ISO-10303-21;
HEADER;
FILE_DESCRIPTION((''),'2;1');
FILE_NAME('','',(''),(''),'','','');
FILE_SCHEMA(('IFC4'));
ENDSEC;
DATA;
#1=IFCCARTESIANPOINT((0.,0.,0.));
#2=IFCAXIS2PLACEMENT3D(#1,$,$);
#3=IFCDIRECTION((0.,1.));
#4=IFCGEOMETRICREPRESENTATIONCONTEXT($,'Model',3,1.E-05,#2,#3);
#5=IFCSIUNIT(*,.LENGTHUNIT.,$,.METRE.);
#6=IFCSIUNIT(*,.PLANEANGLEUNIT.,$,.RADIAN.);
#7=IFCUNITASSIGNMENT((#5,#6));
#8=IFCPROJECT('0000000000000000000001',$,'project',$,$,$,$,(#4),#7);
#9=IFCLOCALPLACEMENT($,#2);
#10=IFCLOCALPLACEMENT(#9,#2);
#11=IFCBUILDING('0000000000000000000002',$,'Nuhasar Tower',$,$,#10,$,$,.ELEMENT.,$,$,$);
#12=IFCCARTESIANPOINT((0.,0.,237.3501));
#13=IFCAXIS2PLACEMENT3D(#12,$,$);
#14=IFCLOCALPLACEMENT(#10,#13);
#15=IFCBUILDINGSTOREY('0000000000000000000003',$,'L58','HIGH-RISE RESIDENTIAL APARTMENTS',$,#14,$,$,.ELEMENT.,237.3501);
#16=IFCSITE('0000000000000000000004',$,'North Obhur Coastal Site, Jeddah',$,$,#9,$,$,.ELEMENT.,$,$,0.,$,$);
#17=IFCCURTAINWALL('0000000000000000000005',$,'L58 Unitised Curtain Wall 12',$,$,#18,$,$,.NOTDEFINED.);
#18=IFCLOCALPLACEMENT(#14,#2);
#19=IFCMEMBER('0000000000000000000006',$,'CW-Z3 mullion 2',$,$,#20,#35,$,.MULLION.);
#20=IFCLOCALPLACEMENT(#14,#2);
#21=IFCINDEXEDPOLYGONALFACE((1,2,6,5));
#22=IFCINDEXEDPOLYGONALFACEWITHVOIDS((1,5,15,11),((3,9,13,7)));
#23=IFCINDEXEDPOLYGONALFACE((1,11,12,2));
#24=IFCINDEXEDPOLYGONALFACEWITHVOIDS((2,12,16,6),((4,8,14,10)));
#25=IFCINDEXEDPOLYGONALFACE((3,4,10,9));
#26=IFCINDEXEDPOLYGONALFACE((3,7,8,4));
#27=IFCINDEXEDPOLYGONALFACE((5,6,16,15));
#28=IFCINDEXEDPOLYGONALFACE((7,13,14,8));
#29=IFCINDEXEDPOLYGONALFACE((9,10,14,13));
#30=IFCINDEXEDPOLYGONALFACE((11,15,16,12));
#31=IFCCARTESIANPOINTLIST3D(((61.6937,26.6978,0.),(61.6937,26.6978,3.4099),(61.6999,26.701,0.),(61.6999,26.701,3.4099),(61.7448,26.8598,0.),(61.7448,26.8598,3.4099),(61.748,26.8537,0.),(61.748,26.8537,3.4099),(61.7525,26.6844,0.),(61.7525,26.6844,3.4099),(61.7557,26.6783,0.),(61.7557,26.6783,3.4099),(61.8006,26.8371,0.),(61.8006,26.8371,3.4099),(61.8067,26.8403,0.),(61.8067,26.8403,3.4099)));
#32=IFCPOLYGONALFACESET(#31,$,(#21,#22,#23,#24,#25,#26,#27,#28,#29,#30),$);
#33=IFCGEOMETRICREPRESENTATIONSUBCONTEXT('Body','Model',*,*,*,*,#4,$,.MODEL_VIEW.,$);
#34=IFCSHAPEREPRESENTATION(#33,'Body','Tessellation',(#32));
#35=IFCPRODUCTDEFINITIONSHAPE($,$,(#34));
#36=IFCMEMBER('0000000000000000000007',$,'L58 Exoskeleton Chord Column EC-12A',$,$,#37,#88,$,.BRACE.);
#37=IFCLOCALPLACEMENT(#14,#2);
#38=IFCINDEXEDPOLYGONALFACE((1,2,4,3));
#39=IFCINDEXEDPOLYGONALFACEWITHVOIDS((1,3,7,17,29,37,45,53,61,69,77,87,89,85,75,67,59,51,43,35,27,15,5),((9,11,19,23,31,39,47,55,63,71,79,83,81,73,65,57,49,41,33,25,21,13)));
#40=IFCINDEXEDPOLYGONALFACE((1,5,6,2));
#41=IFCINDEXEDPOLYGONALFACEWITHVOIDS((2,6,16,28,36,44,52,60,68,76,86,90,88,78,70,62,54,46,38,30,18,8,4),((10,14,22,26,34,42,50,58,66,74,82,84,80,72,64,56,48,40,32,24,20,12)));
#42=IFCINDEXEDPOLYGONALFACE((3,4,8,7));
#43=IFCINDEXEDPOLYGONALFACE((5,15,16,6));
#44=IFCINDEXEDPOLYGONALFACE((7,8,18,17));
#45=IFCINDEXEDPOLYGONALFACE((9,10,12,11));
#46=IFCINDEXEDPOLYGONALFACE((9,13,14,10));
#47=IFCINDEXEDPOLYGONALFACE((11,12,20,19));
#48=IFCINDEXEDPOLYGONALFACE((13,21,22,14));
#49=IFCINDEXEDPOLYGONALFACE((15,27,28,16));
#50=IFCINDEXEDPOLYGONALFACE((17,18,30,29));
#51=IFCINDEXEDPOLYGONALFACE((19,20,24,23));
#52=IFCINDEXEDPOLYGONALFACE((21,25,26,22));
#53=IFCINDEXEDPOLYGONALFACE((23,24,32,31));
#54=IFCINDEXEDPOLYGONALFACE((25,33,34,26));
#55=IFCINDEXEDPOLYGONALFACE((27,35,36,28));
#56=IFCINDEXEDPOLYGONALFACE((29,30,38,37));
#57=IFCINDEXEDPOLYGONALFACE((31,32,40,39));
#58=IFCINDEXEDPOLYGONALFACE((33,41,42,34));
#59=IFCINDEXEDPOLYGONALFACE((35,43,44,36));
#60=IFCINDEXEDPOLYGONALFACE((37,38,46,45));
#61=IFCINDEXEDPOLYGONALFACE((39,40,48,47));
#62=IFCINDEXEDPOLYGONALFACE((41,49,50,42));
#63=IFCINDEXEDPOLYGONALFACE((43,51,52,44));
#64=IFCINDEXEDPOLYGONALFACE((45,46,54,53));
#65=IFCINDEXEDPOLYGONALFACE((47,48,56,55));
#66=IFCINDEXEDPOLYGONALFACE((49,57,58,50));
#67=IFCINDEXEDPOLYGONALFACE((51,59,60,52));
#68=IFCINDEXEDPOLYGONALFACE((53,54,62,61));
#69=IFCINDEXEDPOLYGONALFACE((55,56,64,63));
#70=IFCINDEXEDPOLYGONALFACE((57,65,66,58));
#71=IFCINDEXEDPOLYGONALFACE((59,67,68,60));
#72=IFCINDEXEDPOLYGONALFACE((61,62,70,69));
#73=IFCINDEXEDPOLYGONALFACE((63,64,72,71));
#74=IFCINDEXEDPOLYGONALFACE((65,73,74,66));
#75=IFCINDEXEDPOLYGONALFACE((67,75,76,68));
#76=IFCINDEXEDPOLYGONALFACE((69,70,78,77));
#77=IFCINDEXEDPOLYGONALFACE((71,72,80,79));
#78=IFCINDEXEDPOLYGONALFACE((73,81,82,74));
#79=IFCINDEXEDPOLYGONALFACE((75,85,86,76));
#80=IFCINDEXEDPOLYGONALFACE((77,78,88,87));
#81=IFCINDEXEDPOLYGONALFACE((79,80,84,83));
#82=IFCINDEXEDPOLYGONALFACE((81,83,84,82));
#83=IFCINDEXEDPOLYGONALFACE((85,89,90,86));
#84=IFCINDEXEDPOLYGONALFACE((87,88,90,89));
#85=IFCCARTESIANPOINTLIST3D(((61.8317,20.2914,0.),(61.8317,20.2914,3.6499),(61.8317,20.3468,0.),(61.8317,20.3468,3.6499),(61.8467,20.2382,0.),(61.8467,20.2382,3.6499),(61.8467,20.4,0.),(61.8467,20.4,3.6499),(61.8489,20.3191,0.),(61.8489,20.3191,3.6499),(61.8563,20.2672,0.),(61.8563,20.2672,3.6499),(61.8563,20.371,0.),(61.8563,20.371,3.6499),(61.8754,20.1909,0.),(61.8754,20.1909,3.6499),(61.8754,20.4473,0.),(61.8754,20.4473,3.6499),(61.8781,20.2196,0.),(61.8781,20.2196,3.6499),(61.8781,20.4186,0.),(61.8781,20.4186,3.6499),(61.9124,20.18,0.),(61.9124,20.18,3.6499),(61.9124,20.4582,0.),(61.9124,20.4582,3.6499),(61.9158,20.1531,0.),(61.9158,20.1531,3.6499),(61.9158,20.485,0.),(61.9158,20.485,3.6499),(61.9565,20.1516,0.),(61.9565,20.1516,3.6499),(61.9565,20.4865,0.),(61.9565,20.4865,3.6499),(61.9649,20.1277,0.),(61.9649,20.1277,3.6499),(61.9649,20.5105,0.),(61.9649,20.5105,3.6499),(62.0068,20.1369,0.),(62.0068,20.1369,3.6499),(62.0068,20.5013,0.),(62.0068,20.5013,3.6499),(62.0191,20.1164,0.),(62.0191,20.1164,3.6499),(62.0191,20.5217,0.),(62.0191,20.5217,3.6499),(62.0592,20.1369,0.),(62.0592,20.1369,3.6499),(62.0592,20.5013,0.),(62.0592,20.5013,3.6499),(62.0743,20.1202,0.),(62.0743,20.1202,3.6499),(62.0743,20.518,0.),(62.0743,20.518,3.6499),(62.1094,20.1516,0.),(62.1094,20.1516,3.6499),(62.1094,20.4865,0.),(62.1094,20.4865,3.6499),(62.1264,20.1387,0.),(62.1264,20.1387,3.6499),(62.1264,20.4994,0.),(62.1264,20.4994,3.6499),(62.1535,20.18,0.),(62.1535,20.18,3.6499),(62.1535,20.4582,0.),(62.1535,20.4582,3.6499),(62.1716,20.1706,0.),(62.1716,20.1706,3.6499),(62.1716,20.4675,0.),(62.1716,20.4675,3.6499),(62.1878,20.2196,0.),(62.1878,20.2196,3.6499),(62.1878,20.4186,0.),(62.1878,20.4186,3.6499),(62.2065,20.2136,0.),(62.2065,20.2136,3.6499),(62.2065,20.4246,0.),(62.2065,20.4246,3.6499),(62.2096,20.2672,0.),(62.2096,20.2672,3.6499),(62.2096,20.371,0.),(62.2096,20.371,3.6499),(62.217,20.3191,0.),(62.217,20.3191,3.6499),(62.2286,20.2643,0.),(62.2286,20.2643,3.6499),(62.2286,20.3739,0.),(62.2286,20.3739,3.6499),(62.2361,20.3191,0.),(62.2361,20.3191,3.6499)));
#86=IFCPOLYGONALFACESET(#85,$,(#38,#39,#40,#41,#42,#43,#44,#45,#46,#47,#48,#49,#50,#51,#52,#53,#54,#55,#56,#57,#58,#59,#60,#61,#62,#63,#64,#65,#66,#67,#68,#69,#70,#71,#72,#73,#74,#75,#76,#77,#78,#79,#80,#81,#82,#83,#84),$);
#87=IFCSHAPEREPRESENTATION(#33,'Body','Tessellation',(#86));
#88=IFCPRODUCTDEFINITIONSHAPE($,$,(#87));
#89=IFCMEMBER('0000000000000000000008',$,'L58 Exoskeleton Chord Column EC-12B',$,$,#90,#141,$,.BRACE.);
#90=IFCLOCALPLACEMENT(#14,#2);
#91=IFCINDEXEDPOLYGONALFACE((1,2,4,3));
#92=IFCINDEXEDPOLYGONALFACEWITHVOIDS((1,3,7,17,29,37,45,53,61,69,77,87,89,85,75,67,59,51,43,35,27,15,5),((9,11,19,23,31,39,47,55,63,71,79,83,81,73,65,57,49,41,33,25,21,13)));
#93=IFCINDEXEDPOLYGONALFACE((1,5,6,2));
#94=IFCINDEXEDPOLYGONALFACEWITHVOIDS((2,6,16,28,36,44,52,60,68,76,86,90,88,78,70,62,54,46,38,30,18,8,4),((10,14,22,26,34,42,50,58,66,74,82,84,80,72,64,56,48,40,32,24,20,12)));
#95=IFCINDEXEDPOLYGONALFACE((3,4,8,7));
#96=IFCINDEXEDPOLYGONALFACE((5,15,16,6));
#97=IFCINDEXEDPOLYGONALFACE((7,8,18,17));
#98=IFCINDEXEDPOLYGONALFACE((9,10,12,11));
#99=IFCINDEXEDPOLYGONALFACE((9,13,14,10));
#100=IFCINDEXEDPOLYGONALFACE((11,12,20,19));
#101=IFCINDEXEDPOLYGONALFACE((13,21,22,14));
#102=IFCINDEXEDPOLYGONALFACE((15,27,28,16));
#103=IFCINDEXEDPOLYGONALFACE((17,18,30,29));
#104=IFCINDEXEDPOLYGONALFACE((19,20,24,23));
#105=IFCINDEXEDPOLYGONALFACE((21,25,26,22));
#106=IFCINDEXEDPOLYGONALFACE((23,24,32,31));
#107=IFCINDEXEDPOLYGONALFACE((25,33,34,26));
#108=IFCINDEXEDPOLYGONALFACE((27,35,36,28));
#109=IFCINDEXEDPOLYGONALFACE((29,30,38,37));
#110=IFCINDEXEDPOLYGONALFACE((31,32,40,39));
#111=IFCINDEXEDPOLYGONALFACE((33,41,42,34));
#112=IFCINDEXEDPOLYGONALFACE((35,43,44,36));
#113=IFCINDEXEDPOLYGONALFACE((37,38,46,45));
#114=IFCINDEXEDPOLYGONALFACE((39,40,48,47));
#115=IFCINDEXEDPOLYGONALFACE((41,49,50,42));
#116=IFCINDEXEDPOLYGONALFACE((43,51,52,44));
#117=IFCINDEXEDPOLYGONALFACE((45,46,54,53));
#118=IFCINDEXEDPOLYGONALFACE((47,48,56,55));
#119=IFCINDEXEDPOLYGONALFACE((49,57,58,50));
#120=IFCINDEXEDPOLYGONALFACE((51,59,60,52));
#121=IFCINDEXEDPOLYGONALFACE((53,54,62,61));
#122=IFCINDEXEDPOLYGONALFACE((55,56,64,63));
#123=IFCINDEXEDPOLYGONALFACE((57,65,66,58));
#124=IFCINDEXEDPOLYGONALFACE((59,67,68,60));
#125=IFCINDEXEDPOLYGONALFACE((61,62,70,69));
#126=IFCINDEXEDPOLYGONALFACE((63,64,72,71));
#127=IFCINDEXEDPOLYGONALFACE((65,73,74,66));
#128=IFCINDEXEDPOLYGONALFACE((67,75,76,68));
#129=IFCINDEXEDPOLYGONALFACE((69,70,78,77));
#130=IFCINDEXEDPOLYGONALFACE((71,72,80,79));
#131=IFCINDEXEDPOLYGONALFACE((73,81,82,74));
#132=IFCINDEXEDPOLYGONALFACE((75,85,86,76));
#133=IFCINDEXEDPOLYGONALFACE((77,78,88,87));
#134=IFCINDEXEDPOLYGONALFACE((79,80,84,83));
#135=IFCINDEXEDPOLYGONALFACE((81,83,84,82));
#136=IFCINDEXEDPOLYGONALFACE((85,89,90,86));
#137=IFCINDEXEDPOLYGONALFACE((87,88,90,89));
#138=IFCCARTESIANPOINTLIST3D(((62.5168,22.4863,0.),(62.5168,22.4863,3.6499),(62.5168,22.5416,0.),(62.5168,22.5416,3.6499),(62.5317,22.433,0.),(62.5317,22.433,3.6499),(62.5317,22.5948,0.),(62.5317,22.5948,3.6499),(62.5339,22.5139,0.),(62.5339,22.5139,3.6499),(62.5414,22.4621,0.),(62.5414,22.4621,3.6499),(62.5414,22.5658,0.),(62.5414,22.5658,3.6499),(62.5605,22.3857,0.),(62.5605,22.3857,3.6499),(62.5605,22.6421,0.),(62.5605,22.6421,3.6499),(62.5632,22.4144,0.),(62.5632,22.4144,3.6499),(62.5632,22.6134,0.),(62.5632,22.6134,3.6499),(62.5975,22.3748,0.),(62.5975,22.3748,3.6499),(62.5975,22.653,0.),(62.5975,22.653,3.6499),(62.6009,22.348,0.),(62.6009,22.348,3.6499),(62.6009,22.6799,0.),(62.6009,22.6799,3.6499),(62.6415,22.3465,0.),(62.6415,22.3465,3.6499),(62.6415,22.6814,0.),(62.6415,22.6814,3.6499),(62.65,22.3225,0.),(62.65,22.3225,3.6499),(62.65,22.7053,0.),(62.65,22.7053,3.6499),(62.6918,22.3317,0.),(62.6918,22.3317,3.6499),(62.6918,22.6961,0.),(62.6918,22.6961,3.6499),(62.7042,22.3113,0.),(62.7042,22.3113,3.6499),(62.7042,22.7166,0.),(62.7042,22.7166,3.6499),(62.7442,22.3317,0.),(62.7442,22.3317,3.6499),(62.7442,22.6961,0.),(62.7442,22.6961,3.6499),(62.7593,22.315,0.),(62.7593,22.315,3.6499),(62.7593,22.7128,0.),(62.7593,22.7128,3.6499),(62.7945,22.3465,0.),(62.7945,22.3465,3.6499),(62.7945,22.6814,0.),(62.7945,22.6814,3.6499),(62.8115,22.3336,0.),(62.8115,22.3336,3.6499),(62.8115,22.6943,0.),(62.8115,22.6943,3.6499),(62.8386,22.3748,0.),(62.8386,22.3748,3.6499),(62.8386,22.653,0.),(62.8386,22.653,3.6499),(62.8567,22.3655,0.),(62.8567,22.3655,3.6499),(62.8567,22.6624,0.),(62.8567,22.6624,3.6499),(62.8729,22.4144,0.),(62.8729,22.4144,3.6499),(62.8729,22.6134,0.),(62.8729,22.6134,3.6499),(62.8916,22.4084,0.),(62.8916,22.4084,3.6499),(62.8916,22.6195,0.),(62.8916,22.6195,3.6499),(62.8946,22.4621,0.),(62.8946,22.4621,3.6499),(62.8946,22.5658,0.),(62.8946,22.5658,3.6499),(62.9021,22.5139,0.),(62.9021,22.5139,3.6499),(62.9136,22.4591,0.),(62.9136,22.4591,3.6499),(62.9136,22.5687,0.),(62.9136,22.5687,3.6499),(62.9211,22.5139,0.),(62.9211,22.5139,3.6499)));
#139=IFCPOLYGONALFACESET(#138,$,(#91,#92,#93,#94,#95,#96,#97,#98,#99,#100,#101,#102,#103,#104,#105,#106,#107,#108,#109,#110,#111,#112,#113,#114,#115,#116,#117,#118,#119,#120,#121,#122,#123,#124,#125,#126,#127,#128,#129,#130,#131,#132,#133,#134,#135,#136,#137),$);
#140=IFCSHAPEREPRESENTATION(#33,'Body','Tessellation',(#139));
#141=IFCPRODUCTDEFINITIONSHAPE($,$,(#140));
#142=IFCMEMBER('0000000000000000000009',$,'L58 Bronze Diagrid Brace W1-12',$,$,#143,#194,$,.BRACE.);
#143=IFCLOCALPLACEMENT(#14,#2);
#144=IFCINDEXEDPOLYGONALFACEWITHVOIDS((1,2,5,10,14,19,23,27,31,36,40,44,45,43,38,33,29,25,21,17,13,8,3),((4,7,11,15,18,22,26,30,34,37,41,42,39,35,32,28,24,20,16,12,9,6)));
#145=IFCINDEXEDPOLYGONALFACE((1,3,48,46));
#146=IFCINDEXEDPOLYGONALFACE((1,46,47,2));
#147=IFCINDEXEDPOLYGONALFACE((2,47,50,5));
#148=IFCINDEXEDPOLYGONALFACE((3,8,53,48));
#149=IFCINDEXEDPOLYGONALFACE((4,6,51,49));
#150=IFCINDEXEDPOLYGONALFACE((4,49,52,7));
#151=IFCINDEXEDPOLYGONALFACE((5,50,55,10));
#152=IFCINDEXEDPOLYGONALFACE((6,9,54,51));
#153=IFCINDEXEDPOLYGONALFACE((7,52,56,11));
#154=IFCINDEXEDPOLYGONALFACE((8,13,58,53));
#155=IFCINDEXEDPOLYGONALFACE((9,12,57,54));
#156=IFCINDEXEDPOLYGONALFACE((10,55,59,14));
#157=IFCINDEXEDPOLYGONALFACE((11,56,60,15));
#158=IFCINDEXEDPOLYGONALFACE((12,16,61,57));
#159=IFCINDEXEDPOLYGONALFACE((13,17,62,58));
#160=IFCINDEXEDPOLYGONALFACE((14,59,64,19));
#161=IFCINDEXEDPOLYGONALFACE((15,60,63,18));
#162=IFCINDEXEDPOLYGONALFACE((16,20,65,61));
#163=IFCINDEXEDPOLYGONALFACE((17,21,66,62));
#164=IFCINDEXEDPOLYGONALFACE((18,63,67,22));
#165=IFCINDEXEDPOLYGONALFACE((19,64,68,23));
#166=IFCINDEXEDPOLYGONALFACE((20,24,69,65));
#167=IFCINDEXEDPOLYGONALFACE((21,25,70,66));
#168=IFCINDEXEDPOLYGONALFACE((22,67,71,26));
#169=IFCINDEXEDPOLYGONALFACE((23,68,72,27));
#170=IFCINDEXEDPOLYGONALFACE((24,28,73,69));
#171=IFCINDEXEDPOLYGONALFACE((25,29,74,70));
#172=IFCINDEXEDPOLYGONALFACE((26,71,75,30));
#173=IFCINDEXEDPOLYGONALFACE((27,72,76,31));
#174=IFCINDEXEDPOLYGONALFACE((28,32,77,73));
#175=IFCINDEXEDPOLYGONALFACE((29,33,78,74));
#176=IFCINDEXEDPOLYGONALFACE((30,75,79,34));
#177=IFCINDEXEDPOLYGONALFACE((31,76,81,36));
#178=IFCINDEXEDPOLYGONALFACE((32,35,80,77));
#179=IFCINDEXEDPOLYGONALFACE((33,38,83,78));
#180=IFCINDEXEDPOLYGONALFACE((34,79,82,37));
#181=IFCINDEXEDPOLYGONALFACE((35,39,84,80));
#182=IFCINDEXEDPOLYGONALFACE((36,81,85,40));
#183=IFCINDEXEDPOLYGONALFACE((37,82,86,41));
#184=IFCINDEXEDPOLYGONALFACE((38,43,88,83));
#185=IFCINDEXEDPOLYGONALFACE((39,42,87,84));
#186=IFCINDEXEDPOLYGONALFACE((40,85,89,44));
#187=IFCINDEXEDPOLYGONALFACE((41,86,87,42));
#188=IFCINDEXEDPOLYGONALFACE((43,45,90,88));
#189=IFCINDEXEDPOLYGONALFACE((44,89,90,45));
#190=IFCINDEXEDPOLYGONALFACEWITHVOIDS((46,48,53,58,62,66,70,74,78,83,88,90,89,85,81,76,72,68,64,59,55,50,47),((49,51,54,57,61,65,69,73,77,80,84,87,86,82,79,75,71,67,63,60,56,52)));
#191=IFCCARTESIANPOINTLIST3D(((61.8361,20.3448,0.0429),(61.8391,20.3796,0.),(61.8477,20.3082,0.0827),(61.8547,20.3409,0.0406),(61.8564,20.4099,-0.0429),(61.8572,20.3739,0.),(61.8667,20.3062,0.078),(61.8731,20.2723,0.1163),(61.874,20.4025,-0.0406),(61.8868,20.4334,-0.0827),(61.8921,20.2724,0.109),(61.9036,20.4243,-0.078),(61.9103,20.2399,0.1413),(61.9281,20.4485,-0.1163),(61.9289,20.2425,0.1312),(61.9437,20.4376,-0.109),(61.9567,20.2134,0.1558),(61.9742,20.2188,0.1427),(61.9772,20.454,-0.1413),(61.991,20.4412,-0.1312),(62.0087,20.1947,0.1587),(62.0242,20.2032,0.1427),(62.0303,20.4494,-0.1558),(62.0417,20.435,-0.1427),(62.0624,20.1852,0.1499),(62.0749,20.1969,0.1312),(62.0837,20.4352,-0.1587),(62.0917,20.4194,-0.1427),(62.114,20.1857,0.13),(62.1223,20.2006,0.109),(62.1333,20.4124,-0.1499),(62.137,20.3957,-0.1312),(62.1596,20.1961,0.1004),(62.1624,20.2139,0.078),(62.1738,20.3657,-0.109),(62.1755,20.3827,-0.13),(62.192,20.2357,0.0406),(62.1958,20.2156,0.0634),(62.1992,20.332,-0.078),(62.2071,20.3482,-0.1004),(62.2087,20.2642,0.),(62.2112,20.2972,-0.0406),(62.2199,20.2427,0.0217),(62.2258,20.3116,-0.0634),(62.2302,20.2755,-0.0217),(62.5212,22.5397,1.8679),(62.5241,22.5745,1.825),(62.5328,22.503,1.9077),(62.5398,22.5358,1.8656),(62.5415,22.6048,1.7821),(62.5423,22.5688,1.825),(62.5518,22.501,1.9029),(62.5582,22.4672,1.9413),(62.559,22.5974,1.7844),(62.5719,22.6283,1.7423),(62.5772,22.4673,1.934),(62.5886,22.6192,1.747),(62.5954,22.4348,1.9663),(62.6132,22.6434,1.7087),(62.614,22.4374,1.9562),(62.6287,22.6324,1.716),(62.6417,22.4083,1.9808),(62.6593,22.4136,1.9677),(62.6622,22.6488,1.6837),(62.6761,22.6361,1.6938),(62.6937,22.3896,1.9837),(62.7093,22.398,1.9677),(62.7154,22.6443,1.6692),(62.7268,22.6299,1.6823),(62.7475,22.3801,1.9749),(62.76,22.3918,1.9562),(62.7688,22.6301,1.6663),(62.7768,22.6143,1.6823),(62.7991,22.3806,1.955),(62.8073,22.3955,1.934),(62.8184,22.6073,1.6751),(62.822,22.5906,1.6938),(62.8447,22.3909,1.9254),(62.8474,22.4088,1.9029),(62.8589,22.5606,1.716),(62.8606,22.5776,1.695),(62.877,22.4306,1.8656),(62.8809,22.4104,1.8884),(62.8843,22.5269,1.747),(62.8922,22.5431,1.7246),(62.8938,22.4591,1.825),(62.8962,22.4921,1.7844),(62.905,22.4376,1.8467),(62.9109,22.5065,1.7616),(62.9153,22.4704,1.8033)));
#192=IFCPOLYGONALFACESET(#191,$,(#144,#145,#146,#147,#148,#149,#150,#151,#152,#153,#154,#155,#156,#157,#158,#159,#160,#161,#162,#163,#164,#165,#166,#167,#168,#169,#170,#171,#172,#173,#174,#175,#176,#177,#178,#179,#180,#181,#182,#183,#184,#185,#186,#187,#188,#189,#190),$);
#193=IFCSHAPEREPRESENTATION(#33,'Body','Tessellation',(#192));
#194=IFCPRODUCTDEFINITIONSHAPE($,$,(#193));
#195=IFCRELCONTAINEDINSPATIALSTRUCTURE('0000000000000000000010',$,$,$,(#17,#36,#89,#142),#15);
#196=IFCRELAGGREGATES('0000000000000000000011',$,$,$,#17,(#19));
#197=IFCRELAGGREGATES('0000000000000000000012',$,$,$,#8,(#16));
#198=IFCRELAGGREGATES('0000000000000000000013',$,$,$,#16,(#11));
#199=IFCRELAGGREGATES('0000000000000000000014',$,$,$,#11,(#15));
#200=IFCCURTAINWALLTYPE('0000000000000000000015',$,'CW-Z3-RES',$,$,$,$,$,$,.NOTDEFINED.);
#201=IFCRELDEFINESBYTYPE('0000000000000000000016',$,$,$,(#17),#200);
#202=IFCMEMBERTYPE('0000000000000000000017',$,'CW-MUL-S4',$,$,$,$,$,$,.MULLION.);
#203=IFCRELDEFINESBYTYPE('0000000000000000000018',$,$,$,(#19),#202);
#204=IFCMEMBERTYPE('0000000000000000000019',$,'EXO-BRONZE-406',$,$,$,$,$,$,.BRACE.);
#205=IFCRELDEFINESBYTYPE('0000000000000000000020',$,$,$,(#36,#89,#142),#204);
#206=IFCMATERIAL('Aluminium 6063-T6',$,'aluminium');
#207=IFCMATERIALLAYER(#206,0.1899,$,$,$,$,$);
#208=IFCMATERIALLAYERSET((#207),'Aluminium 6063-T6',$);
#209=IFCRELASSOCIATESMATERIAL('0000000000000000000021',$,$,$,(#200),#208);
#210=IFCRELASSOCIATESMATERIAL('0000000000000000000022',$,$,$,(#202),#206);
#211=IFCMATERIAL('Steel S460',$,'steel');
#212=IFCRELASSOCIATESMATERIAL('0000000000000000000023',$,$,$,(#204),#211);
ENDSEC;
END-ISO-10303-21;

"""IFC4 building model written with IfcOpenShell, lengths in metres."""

from ifc_helpers import new_model, si_unit, direction, frame, origin, origin_2d, place, context, subcontext, project, spatial, hollow_rectangle, hollow_circle, extrude, material, layer, layer_set, material_profile, profile_set, type_object, element, aggregate, save


model = new_model("IFC4")

# Units and contexts
model_context = context("Model", 3, precision=1e-05, world=origin(), true_north=direction((0.0, 1.0)))
body_context = subcontext(model_context, "Body", "Model", "MODEL_VIEW")
ifc_project = project(units=[si_unit("LENGTHUNIT", "METRE"), si_unit("PLANEANGLEUNIT", "RADIAN")], contexts=[model_context])

# Site, building, storey
site_placement = place(None, origin())
site = spatial("IfcSite", under=ifc_project, at=site_placement, Name="North Obhur Coastal Site, Jeddah", CompositionType="ELEMENT", RefElevation=0.0)
building_placement = place(site_placement, origin())
building = spatial("IfcBuilding", under=site, at=building_placement, Name="Nuhasar Tower", CompositionType="ELEMENT")
storey_placement = place(building_placement, frame((0.0, 0.0, 237.3501)))
storey = spatial("IfcBuildingStorey", under=building, at=storey_placement, Name="L58", Description="HIGH-RISE RESIDENTIAL APARTMENTS", CompositionType="ELEMENT", Elevation=237.3501)

# Curtain wall, member
ifc_material_1 = material(Name="Aluminium 6063-T6", Category="aluminium")
ifc_layer_1 = layer(ifc_material_1, 0.1899)
ifc_layer_set_1 = layer_set([ifc_layer_1], Name="Aluminium 6063-T6")
curtain_wall_type = type_object("IfcCurtainWallType", Name="CW-Z3-RES", PredefinedType="NOTDEFINED", material=ifc_layer_set_1)
curtain_wall_placement = place(storey_placement, origin())
curtain_wall = element("IfcCurtainWall", 1, at=curtain_wall_placement, inside=storey, type_object=curtain_wall_type, Name="L58 Unitised Curtain Wall 12", PredefinedType="NOTDEFINED")
ifc_material_profile_1 = material_profile(ifc_material_1, hollow_rectangle(XDim=0.0649, YDim=0.1699, WallThickness=0.0049, at=origin_2d()), Name="CWM-4")
ifc_profile_set_1 = profile_set([ifc_material_profile_1], Name="Aluminium 6063-T6")
member_type_1 = type_object("IfcMemberType", Name="CW-MUL-S4", PredefinedType="MULLION", material=ifc_profile_set_1)
member_placement = place(storey_placement, frame((61.7502, 26.769, 0.0), z_axis=(0.0, 0.0, 1.0), x_axis=(-0.953804, 0.300429, 0.0)))
member = element("IfcMember", 2, at=member_placement, type_object=member_type_1, Name="CW-Z3 mullion 2", PredefinedType="MULLION", context=body_context, shape_type="SweptSolid", body=[
    extrude(hollow_rectangle(XDim=0.0649, YDim=0.1699, WallThickness=0.0049, at=origin_2d()), origin(), (0.0, 0.0, 1.0), 3.4099),
])

# Members
ifc_material_2 = material(Name="Steel S460", Category="steel")
ifc_material_profile_2 = material_profile(ifc_material_2, hollow_circle(Radius=0.2031, WallThickness=0.019, at=origin_2d()), Name="HSS406.4X19.1")
ifc_profile_set_2 = profile_set([ifc_material_profile_2], Name="Steel S460")
member_type_2 = type_object("IfcMemberType", Name="EXO-BRONZE-406", PredefinedType="BRACE", material=ifc_profile_set_2)
for number, where, z_axis, x_axis, name in (
    (3, (62.033, 20.3191, 0.0), (0.0, 0.0, 1.0), (1.0, 0.0, 0.0), "L58 Exoskeleton Chord Column EC-12A"),
    (4, (62.718, 22.5139, 0.0), (0.0, 0.0, 1.0), (1.0, 0.0, 0.0), "L58 Exoskeleton Chord Column EC-12B"),
):
    element("IfcMember", number, at=place(storey_placement, frame(where, z_axis=z_axis, x_axis=x_axis)), inside=storey, type_object=member_type_2, Name=name, PredefinedType="BRACE", context=body_context, shape_type="SweptSolid", body=[
        extrude(hollow_circle(Radius=0.2031, WallThickness=0.019, at=origin_2d()), origin(), (0.0, 0.0, 1.0), 3.6499),
    ])
for number, where, z_axis, x_axis, name in (
    (5, (62.033, 20.3191, 0.0), (0.233372, 0.74769, 0.621689), (-0.954582, 0.297948, 0.0), "L58 Bronze Diagrid Brace W1-12"),
):
    element("IfcMember", number, at=place(storey_placement, frame(where, z_axis=z_axis, x_axis=x_axis)), inside=storey, type_object=member_type_2, Name=name, PredefinedType="BRACE", context=body_context, shape_type="SweptSolid", body=[
        extrude(hollow_circle(Radius=0.2031, WallThickness=0.019, at=origin_2d()), origin(), (0.0, 0.0, 1.0), 2.9355),
    ])

aggregate(curtain_wall, [member])

save(model, "model.ifc")
